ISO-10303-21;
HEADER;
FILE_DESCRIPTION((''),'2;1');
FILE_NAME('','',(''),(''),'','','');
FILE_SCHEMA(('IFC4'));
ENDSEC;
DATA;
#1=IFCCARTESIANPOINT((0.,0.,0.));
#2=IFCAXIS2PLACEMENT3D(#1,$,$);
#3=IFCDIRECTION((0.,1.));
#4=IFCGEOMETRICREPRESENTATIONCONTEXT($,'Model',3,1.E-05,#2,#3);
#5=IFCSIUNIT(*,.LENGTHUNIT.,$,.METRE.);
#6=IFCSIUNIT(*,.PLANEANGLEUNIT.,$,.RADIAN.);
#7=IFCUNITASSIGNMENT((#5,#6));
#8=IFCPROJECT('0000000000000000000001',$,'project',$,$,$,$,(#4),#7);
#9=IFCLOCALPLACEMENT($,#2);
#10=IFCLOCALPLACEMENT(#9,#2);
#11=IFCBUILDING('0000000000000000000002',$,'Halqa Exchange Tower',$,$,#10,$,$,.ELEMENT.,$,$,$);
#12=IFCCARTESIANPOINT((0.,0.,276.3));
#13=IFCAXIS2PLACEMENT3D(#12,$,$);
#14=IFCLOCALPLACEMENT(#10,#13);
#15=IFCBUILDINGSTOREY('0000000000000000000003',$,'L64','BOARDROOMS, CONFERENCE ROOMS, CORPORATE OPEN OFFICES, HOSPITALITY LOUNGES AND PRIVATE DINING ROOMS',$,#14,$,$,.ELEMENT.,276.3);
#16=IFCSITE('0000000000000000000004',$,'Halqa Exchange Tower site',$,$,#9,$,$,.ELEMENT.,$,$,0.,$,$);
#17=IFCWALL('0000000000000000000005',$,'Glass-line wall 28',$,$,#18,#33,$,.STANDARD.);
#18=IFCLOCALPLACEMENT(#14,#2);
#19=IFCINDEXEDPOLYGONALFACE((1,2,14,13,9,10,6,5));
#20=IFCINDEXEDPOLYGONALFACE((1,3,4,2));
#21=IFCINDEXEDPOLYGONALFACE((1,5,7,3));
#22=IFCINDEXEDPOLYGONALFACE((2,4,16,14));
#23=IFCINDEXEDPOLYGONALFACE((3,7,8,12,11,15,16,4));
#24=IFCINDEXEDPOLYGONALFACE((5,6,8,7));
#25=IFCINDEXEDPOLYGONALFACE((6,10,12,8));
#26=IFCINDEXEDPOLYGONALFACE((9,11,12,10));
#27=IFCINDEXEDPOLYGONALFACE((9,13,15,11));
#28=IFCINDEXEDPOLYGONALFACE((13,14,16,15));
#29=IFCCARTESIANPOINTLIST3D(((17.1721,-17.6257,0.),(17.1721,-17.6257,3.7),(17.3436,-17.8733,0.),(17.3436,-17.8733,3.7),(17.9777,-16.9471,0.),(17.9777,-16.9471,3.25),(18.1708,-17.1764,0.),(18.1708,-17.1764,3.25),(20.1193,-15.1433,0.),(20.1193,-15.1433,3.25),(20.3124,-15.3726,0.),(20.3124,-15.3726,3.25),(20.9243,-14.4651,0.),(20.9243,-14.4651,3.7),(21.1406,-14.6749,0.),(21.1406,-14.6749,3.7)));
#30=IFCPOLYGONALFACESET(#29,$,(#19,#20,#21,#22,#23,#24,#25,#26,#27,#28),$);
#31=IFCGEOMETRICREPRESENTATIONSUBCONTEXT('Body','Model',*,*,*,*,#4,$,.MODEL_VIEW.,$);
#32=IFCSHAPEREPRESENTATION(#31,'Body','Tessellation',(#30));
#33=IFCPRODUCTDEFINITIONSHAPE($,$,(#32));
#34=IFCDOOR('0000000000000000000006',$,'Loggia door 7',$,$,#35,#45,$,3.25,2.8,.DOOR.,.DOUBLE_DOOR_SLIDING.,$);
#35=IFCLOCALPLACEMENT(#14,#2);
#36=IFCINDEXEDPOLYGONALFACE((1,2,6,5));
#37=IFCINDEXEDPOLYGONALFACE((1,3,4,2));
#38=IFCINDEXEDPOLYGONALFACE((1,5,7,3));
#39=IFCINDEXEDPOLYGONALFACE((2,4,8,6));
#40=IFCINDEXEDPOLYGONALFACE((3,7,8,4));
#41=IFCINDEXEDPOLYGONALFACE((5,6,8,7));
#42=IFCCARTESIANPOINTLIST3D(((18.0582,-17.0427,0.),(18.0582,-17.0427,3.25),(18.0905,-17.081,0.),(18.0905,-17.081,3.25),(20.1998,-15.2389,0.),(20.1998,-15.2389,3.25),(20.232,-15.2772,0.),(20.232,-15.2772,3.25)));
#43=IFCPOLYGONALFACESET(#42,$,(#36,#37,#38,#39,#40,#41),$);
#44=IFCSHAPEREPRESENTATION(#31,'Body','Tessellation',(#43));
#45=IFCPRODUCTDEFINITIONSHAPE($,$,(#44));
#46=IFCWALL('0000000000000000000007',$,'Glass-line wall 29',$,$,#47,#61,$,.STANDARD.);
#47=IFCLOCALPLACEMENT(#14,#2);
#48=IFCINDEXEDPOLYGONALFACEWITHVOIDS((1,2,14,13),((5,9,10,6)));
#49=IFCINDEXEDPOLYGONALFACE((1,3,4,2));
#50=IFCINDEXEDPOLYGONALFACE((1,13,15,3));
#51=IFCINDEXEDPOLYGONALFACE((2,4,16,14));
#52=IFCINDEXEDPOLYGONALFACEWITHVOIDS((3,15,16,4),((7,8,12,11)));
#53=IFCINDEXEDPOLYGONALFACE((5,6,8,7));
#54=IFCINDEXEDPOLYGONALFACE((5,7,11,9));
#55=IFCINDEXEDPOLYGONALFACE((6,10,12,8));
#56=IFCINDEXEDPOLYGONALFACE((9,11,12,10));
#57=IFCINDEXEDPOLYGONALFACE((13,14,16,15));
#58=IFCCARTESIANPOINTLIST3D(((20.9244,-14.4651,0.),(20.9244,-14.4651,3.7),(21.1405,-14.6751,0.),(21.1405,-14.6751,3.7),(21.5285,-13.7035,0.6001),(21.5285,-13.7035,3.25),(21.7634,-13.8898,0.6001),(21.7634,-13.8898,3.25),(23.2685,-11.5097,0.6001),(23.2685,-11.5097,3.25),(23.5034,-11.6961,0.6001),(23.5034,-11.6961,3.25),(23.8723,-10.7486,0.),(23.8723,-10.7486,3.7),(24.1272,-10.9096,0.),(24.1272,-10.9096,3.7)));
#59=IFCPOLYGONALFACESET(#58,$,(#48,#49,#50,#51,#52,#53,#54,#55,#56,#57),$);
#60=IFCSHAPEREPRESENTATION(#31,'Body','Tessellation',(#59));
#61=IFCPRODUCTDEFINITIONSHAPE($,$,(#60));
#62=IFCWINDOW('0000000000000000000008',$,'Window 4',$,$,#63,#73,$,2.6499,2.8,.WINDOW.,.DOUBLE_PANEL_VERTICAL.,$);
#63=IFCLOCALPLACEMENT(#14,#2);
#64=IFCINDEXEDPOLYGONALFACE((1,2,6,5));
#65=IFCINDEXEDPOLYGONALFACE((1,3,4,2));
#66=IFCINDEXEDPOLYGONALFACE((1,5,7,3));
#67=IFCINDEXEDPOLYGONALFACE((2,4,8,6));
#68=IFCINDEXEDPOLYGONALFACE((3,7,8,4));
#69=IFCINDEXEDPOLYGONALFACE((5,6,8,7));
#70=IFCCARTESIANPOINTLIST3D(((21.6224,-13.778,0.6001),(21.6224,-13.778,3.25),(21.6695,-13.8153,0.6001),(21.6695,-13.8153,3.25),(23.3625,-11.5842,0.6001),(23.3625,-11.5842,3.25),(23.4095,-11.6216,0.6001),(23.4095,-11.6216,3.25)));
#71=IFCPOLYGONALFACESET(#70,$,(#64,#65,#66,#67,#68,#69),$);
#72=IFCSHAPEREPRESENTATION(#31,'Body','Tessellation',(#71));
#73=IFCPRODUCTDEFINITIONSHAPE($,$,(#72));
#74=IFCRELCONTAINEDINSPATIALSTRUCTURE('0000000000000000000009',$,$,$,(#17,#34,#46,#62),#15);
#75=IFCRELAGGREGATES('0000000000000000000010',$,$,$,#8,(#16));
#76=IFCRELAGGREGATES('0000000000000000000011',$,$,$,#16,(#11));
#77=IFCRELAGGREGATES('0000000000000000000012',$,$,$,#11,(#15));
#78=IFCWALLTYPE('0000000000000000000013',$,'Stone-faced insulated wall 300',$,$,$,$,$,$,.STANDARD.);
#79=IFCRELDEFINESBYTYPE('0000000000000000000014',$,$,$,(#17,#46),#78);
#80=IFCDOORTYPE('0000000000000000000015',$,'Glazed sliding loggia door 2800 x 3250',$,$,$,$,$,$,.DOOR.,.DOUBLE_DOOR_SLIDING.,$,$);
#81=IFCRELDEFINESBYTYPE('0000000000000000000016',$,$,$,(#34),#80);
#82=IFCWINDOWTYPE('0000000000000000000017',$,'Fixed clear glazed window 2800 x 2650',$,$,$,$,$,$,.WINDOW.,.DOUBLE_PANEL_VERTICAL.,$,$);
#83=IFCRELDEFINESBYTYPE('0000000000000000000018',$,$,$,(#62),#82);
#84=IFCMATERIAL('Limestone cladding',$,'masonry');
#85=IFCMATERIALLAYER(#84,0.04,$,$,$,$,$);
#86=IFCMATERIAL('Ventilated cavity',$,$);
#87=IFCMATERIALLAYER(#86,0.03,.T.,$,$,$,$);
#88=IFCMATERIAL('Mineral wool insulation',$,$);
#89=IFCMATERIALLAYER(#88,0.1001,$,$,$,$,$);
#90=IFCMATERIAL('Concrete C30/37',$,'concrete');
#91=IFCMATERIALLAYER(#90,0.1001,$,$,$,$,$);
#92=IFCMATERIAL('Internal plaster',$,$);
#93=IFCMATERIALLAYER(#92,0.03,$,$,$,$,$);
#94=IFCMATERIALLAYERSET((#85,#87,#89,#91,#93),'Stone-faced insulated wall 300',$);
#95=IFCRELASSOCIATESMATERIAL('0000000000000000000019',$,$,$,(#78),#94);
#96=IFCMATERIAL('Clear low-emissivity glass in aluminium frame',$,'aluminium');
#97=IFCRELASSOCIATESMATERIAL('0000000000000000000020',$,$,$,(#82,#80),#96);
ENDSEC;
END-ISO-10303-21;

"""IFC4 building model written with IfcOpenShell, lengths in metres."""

from ifc_helpers import new_model, si_unit, direction, frame, frame_2d, origin, place, context, subcontext, project, spatial, polyline, rectangle, outline, extrude, material, layer, layer_set, type_object, element, fill, save


model = new_model("IFC4")

# Units and contexts
model_context = context("Model", 3, precision=1e-05, world=origin(), true_north=direction((0.0, 1.0)))
body_context = subcontext(model_context, "Body", "Model", "MODEL_VIEW")
ifc_project = project(units=[si_unit("LENGTHUNIT", "METRE"), si_unit("PLANEANGLEUNIT", "RADIAN")], contexts=[model_context])

# Site, building, storey
site_placement = place(None, origin())
site = spatial("IfcSite", under=ifc_project, at=site_placement, Name="Halqa Exchange Tower site", CompositionType="ELEMENT", RefElevation=0.0)
building_placement = place(site_placement, origin())
building = spatial("IfcBuilding", under=site, at=building_placement, Name="Halqa Exchange Tower", CompositionType="ELEMENT")
storey_placement = place(building_placement, frame((0.0, 0.0, 276.3)))
storey = spatial("IfcBuildingStorey", under=building, at=storey_placement, Name="L64", Description="BOARDROOMS, CONFERENCE ROOMS, CORPORATE OPEN OFFICES, HOSPITALITY LOUNGES AND PRIVATE DINING ROOMS", CompositionType="ELEMENT", Elevation=276.3)

# Shared definitions
ifc_material_1 = material(Name="Limestone cladding", Category="masonry")
ifc_layer_1 = layer(ifc_material_1, 0.04)
ifc_material_2 = material(Name="Ventilated cavity")
ifc_layer_2 = layer(ifc_material_2, 0.03, ventilated=True)
ifc_material_3 = material(Name="Mineral wool insulation")
ifc_layer_3 = layer(ifc_material_3, 0.1001)
ifc_material_4 = material(Name="Concrete C30/37", Category="concrete")
ifc_layer_4 = layer(ifc_material_4, 0.1001)
ifc_material_5 = material(Name="Internal plaster")
ifc_layer_5 = layer(ifc_material_5, 0.03)
ifc_layer_set_1 = layer_set([ifc_layer_1, ifc_layer_2, ifc_layer_3, ifc_layer_4, ifc_layer_5], Name="Stone-faced insulated wall 300")
wall_type_1 = type_object("IfcWallType", Name="Stone-faced insulated wall 300", PredefinedType="STANDARD", material=ifc_layer_set_1)
ifc_material_6 = material(Name="Clear low-emissivity glass in aluminium frame", Category="aluminium")
window_type = type_object("IfcWindowType", Name="Fixed clear glazed window 2800 x 2650", PartitioningType="DOUBLE_PANEL_VERTICAL", PredefinedType="WINDOW", material=ifc_material_6)

# Wall, opening, door
wall_1_placement = place(storey_placement, frame((17.2578, -17.7495, 0.0), z_axis=(0.0, 0.0, 1.0), x_axis=(0.764833, 0.644229, 0.0)))
wall_1 = element("IfcWall", 1, at=wall_1_placement, inside=storey, type_object=wall_type_1, Name="Glass-line wall 28", PredefinedType="STANDARD", context=body_context, shape_type="SweptSolid", body=[
    extrude(outline(polyline([(-0.0142, -0.1499), (4.9504, -0.1499), (4.9202, 0.1499), (0.0142, 0.1499), (-0.0142, -0.1499)])), origin(), (0.0, 0.0, 1.0), 3.7),
])
opening_1_placement = place(wall_1_placement, frame((1.0676, 0.0, 0.0)))
opening_1 = element("IfcOpeningElement", 2, at=opening_1_placement, cuts=wall_1, PredefinedType="OPENING", context=body_context, shape_type="SweptSolid", body=[
    extrude(rectangle(XDim=2.8, YDim=3.25, at=frame_2d((1.3999, 1.625))), frame((0.0, 0.1621, 0.0), z_axis=(0.0, -1.0, 0.0), x_axis=(1.0, 0.0, 0.0)), (0.0, 0.0, 1.0), 0.324),
])
door_type_1 = type_object("IfcDoorType", Name="Glazed sliding loggia door 2800 x 3250", OperationType="DOUBLE_DOOR_SLIDING", PredefinedType="DOOR", material=ifc_material_6)
door_1_placement = place(opening_1_placement, origin())
door_1 = element("IfcDoor", 3, at=door_1_placement, inside=storey, type_object=door_type_1, Name="Loggia door 7", OperationType="DOUBLE_DOOR_SLIDING", OverallHeight=3.25, OverallWidth=2.8, PredefinedType="DOOR", context=body_context, shape_type="SweptSolid", body=[
    extrude(rectangle(XDim=2.8, YDim=3.25, at=frame_2d((1.3999, 1.625))), frame((0.0, 0.0249, 0.0), z_axis=(0.0, -1.0, 0.0), x_axis=(1.0, 0.0, 0.0)), (0.0, 0.0, 1.0), 0.05),
])
fill(opening_1, door_1)

# Wall, opening, window
wall_2_placement = place(storey_placement, frame((21.0325, -14.5701, 0.0), z_axis=(0.0, 0.0, 1.0), x_axis=(0.621435, 0.783466, 0.0)))
wall_2 = element("IfcWall", 4, at=wall_2_placement, inside=storey, type_object=wall_type_1, Name="Glass-line wall 29", PredefinedType="STANDARD", context=body_context, shape_type="SweptSolid", body=[
    extrude(outline(polyline([(-0.0151, -0.1499), (4.791, -0.1499), (4.7588, 0.1499), (0.0151, 0.1499), (-0.0151, -0.1499)])), origin(), (0.0, 0.0, 1.0), 3.7),
])
opening_2_placement = place(wall_2_placement, frame((0.9873, 0.0, 0.6001)))
opening_2 = element("IfcOpeningElement", 5, at=opening_2_placement, cuts=wall_2, PredefinedType="OPENING", context=body_context, shape_type="SweptSolid", body=[
    extrude(rectangle(XDim=2.8, YDim=2.6499, at=frame_2d((1.3999, 1.325))), frame((0.0, 0.1621, 0.0), z_axis=(0.0, -1.0, 0.0), x_axis=(1.0, 0.0, 0.0)), (0.0, 0.0, 1.0), 0.324),
])
window_1_placement = place(opening_2_placement, origin())
window_1 = element("IfcWindow", 6, at=window_1_placement, inside=storey, type_object=window_type, Name="Window 4", OverallHeight=2.6499, OverallWidth=2.8, PartitioningType="DOUBLE_PANEL_VERTICAL", PredefinedType="WINDOW", context=body_context, shape_type="SweptSolid", body=[
    extrude(rectangle(XDim=2.8, YDim=2.6499, at=frame_2d((1.3999, 1.325))), frame((0.0, 0.03, 0.0), z_axis=(0.0, -1.0, 0.0), x_axis=(1.0, 0.0, 0.0)), (0.0, 0.0, 1.0), 0.0601),
])
fill(opening_2, window_1)

save(model, "model.ifc")
